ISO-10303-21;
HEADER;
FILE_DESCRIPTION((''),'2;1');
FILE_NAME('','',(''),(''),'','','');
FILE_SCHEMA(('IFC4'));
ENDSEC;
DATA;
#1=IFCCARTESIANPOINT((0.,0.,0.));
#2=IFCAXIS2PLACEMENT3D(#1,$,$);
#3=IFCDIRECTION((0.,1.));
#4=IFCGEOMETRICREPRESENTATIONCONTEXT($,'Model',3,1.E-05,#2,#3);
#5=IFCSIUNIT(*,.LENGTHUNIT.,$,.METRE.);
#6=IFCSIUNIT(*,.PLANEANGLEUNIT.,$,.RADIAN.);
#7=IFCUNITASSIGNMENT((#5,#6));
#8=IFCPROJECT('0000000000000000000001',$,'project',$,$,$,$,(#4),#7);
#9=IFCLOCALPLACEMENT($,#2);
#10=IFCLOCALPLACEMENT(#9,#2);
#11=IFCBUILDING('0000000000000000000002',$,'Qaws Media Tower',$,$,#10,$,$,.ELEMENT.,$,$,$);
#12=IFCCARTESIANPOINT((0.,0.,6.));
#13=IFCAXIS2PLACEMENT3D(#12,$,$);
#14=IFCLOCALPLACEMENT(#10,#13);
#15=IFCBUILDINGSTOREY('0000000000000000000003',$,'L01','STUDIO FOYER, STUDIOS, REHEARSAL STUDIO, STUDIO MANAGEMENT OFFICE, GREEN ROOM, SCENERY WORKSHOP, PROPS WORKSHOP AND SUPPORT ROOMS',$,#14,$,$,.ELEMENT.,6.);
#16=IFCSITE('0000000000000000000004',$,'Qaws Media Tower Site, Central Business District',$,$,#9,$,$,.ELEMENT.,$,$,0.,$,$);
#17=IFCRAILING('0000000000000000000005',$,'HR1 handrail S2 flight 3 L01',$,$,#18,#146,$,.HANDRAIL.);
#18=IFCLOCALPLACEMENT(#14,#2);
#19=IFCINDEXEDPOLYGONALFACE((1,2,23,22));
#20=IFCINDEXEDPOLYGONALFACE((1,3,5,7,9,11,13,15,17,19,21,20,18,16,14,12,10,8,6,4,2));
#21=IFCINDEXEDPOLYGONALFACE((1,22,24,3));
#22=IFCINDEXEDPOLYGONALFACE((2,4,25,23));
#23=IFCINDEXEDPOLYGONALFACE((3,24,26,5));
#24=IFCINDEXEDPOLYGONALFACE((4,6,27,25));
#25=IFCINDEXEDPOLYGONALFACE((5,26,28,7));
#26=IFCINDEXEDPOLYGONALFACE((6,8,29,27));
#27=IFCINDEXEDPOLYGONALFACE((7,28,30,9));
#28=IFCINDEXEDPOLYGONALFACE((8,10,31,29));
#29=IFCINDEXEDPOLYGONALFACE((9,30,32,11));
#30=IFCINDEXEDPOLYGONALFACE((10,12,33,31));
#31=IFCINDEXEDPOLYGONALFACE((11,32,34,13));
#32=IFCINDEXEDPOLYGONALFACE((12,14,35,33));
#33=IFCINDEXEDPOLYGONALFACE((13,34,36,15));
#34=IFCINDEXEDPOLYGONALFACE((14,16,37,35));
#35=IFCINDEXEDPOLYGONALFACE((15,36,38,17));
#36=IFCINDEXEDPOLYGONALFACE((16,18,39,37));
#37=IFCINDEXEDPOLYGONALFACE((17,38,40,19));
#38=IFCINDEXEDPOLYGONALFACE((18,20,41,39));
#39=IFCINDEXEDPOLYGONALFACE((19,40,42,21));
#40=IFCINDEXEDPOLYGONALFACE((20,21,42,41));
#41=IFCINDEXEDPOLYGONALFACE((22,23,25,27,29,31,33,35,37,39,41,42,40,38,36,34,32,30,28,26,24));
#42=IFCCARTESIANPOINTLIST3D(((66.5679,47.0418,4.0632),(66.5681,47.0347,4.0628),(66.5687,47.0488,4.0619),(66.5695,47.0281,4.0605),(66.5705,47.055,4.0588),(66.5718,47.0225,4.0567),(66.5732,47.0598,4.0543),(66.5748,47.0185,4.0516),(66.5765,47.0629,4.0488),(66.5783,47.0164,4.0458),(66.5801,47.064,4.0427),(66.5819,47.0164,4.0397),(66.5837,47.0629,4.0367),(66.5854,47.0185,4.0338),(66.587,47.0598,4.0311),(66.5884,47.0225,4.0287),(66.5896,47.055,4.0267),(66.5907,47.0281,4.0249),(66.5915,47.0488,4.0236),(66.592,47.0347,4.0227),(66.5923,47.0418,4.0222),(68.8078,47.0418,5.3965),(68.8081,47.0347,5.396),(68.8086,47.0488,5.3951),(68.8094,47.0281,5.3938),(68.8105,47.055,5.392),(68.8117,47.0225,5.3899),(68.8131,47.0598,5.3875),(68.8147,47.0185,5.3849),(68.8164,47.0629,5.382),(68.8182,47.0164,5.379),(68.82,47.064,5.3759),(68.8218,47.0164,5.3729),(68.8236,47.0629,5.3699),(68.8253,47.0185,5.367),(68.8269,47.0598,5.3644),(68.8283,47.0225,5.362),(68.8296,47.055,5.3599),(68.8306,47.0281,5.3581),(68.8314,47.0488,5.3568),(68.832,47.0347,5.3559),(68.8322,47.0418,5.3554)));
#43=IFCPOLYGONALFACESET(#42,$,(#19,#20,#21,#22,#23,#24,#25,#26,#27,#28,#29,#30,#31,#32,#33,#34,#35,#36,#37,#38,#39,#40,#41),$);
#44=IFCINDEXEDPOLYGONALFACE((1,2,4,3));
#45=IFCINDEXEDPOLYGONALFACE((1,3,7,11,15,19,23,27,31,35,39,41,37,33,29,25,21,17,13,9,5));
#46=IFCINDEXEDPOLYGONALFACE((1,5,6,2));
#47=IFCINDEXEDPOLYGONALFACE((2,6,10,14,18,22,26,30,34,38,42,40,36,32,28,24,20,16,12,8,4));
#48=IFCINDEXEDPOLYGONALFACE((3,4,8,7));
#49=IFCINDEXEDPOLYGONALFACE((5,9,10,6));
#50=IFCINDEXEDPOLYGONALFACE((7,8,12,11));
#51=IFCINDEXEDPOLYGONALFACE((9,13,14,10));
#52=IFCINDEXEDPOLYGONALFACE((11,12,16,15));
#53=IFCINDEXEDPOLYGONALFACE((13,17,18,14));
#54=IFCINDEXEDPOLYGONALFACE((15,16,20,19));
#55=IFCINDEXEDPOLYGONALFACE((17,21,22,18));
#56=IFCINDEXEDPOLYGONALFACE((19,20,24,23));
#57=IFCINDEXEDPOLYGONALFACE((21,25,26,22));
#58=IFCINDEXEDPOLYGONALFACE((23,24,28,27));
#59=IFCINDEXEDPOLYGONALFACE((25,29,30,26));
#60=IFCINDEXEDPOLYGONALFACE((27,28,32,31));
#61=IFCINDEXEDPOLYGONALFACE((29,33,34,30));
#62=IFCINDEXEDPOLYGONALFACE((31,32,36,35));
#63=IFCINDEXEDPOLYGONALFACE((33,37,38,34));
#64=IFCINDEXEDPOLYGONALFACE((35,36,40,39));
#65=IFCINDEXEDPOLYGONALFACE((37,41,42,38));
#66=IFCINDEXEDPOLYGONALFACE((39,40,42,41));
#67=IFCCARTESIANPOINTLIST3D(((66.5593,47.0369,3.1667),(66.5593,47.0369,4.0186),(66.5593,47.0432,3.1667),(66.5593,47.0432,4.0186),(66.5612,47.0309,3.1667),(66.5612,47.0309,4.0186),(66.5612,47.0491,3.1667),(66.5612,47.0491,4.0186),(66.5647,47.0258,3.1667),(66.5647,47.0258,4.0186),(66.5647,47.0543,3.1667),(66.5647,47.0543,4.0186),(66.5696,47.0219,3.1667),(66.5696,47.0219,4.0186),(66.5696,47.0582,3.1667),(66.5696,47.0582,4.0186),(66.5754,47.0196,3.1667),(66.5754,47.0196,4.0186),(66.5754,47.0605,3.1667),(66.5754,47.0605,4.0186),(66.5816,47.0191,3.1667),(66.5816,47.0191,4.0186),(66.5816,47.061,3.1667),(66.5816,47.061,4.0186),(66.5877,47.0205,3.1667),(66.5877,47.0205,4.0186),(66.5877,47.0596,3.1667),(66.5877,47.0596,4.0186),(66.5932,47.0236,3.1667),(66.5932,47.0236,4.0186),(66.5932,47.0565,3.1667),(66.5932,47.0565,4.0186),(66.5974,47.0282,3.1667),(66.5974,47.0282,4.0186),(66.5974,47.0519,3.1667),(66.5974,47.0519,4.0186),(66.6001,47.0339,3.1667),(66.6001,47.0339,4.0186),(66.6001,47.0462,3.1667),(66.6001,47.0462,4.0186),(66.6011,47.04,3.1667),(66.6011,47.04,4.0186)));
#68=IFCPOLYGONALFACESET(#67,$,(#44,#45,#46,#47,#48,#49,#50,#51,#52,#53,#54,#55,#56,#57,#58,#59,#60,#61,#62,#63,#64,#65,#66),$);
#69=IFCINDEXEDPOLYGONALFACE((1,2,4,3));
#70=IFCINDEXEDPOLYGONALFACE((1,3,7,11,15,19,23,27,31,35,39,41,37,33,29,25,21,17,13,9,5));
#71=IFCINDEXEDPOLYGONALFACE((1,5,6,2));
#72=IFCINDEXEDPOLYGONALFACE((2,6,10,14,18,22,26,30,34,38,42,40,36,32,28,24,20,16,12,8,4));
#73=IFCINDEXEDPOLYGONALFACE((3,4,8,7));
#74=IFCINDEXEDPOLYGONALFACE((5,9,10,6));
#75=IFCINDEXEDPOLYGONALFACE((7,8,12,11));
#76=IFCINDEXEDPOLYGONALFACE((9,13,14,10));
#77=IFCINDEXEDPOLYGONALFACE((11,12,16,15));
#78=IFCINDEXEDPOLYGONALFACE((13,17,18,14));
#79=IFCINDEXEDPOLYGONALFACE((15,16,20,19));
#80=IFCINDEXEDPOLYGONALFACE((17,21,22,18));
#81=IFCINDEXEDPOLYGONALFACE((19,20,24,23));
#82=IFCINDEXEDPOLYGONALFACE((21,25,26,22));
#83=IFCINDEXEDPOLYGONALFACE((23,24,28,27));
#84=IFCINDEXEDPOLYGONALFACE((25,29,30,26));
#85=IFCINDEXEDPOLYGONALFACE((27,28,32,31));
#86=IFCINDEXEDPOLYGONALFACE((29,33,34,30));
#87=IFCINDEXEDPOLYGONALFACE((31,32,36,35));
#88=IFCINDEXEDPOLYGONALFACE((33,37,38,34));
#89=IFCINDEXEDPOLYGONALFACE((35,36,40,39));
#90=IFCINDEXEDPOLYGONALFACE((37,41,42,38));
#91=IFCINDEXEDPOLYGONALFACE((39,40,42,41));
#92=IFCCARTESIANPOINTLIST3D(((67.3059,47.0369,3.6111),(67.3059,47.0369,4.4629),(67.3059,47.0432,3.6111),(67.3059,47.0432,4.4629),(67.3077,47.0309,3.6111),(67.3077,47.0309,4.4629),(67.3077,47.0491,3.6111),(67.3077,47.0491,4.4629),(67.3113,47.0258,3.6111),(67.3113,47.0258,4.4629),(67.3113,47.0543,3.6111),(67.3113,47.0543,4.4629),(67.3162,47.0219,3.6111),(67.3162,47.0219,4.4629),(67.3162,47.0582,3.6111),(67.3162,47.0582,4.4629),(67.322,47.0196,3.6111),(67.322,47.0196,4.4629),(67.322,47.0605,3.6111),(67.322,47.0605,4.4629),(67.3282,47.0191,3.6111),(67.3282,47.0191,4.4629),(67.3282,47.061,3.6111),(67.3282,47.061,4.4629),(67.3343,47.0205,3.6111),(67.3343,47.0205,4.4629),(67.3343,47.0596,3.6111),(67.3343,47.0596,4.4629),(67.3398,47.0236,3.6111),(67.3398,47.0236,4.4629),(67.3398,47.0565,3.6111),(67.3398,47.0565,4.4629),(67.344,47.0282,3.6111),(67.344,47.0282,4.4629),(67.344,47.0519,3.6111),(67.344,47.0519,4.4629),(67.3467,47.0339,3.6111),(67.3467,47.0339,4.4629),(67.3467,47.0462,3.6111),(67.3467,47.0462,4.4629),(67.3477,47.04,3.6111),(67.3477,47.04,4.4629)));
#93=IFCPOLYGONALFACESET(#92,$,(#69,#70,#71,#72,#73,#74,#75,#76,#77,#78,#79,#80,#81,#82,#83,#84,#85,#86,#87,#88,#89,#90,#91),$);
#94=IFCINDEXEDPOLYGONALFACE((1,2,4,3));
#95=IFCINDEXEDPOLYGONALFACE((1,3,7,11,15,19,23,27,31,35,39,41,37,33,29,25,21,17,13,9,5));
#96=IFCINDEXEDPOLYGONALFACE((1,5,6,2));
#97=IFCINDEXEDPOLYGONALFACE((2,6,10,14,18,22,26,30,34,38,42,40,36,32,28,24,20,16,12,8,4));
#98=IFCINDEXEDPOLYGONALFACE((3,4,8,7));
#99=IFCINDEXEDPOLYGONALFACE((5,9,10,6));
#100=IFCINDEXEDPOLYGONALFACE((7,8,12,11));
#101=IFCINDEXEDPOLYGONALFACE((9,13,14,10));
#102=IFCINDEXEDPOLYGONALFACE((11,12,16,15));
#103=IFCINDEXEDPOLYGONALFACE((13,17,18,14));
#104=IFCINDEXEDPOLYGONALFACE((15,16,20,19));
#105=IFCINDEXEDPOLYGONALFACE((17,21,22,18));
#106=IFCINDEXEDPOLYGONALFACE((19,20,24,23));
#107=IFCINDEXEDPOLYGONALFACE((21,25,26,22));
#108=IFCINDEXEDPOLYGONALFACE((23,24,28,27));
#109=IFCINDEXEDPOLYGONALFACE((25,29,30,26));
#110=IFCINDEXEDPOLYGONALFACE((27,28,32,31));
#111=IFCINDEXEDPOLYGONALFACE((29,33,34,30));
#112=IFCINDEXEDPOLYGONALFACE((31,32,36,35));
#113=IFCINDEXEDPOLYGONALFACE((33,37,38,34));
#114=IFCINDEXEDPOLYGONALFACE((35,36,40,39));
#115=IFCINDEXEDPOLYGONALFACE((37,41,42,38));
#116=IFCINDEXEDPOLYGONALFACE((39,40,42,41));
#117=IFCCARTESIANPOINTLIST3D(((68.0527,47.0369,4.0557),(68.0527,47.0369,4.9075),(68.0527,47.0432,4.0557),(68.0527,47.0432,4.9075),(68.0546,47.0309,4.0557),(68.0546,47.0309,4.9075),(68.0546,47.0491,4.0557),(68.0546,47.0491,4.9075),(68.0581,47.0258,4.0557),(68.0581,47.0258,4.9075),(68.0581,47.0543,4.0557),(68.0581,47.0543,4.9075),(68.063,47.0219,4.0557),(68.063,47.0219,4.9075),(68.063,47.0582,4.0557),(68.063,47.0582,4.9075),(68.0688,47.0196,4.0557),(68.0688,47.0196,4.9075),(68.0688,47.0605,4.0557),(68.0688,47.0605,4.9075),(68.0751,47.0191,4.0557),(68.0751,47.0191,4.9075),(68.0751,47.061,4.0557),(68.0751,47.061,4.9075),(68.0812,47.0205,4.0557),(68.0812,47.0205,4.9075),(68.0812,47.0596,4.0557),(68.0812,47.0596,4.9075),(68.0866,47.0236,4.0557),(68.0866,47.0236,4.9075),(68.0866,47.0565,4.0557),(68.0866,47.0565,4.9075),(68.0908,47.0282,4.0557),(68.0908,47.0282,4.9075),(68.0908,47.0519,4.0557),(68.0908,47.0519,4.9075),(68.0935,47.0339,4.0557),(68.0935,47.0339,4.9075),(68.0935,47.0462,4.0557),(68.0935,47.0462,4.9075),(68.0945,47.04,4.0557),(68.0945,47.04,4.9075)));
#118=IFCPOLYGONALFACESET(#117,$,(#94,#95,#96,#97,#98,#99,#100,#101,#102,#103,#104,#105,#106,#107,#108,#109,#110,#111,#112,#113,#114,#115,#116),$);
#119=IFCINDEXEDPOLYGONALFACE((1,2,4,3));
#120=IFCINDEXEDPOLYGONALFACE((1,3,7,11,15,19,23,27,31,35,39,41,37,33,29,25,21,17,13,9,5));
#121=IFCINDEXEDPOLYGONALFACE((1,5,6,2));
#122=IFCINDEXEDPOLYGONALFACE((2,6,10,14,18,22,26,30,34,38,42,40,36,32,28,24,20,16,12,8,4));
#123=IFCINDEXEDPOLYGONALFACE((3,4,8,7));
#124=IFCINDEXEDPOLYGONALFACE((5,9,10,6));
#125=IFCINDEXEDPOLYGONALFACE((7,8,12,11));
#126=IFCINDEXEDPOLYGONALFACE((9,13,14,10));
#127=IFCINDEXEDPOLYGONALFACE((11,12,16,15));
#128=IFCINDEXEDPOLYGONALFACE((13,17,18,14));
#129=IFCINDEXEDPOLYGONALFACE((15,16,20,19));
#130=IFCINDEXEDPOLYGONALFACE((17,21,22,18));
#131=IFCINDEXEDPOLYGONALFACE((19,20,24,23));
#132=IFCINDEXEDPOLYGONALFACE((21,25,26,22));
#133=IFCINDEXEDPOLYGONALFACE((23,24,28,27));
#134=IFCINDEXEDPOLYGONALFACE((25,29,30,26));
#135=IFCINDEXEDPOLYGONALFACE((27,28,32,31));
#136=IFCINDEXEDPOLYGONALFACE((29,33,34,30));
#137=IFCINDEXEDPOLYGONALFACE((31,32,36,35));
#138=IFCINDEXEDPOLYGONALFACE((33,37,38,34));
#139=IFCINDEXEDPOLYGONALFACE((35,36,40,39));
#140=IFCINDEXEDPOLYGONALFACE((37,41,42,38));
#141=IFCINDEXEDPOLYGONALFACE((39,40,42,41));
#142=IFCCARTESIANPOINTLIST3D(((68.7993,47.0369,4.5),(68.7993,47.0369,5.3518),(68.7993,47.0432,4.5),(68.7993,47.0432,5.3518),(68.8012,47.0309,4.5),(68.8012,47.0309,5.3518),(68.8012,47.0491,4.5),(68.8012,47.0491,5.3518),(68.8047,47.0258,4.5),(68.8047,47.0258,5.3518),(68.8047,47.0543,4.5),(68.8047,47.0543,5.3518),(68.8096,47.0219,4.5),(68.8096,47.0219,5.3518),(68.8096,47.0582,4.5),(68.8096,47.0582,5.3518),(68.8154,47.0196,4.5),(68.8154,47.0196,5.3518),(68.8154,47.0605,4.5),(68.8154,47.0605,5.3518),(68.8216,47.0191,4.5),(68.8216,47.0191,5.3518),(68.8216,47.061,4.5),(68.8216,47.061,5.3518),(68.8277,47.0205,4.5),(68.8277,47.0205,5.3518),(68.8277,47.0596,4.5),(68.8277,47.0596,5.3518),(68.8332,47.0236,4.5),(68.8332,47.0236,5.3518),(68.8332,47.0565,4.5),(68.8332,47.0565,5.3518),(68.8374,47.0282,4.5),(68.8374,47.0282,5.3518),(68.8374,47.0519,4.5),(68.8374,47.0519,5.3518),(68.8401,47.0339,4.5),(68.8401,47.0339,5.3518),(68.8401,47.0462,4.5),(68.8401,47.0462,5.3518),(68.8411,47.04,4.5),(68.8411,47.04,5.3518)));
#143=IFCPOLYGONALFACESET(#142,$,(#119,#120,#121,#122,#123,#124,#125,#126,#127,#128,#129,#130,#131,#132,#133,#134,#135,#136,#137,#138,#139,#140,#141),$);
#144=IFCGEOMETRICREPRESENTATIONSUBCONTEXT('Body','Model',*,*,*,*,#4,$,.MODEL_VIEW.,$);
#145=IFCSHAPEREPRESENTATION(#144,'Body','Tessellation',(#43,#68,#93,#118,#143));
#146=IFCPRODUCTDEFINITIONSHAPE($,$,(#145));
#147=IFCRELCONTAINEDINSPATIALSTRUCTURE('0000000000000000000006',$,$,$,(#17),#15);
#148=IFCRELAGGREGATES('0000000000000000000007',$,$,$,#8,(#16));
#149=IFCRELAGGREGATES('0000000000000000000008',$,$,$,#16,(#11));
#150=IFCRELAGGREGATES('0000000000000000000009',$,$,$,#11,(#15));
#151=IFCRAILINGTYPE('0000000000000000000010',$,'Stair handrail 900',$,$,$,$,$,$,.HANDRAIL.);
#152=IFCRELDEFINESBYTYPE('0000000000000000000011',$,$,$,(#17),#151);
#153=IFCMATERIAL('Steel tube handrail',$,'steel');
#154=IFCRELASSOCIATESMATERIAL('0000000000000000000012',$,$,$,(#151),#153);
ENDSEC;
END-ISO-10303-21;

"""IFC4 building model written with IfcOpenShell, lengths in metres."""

from ifc_helpers import new_model, si_unit, direction, frame, origin, origin_2d, place, context, subcontext, project, spatial, circle, extrude, material, type_object, element, save


model = new_model("IFC4")

# Units and contexts
model_context = context("Model", 3, precision=1e-05, world=origin(), true_north=direction((0.0, 1.0)))
body_context = subcontext(model_context, "Body", "Model", "MODEL_VIEW")
ifc_project = project(units=[si_unit("LENGTHUNIT", "METRE"), si_unit("PLANEANGLEUNIT", "RADIAN")], contexts=[model_context])

# Site, building, storey
site_placement = place(None, origin())
site = spatial("IfcSite", under=ifc_project, at=site_placement, Name="Qaws Media Tower Site, Central Business District", CompositionType="ELEMENT", RefElevation=0.0)
building_placement = place(site_placement, origin())
building = spatial("IfcBuilding", under=site, at=building_placement, Name="Qaws Media Tower", CompositionType="ELEMENT")
storey_placement = place(building_placement, frame((0.0, 0.0, 6.0)))
storey = spatial("IfcBuildingStorey", under=building, at=storey_placement, Name="L01", Description="STUDIO FOYER, STUDIOS, REHEARSAL STUDIO, STUDIO MANAGEMENT OFFICE, GREEN ROOM, SCENERY WORKSHOP, PROPS WORKSHOP AND SUPPORT ROOMS", CompositionType="ELEMENT", Elevation=6.0)

# Railing
ifc_material_1 = material(Name="Steel tube handrail", Category="steel")
railing_type = type_object("IfcRailingType", Name="Stair handrail 900", PredefinedType="HANDRAIL", material=ifc_material_1)
for number, where, name in (
    (1, (66.5801, 47.04, 3.1667), "HR1 handrail S2 flight 3 L01"),
):
    element("IfcRailing", number, at=place(storey_placement, frame(where)), inside=storey, type_object=railing_type, Name=name, PredefinedType="HANDRAIL", context=body_context, shape_type="SweptSolid", body=[
        extrude(circle(Radius=0.0239, at=origin_2d()), frame((0.0, 0.0, 0.876), z_axis=(0.859306, 0.0, 0.511462), x_axis=(0.0, 1.0, 0.0)), (0.0, 0.0, 1.0), 2.6067),
        extrude(circle(Radius=0.021, at=origin_2d()), origin(), (0.0, 0.0, 1.0), 0.8518),
        extrude(circle(Radius=0.021, at=origin_2d()), frame((0.7466, 0.0, 0.4443)), (0.0, 0.0, 1.0), 0.8518),
        extrude(circle(Radius=0.021, at=origin_2d()), frame((1.4934, 0.0, 0.8889)), (0.0, 0.0, 1.0), 0.8518),
        extrude(circle(Radius=0.021, at=origin_2d()), frame((2.24, 0.0, 1.3333)), (0.0, 0.0, 1.0), 0.8518),
    ])

save(model, "model.ifc")
